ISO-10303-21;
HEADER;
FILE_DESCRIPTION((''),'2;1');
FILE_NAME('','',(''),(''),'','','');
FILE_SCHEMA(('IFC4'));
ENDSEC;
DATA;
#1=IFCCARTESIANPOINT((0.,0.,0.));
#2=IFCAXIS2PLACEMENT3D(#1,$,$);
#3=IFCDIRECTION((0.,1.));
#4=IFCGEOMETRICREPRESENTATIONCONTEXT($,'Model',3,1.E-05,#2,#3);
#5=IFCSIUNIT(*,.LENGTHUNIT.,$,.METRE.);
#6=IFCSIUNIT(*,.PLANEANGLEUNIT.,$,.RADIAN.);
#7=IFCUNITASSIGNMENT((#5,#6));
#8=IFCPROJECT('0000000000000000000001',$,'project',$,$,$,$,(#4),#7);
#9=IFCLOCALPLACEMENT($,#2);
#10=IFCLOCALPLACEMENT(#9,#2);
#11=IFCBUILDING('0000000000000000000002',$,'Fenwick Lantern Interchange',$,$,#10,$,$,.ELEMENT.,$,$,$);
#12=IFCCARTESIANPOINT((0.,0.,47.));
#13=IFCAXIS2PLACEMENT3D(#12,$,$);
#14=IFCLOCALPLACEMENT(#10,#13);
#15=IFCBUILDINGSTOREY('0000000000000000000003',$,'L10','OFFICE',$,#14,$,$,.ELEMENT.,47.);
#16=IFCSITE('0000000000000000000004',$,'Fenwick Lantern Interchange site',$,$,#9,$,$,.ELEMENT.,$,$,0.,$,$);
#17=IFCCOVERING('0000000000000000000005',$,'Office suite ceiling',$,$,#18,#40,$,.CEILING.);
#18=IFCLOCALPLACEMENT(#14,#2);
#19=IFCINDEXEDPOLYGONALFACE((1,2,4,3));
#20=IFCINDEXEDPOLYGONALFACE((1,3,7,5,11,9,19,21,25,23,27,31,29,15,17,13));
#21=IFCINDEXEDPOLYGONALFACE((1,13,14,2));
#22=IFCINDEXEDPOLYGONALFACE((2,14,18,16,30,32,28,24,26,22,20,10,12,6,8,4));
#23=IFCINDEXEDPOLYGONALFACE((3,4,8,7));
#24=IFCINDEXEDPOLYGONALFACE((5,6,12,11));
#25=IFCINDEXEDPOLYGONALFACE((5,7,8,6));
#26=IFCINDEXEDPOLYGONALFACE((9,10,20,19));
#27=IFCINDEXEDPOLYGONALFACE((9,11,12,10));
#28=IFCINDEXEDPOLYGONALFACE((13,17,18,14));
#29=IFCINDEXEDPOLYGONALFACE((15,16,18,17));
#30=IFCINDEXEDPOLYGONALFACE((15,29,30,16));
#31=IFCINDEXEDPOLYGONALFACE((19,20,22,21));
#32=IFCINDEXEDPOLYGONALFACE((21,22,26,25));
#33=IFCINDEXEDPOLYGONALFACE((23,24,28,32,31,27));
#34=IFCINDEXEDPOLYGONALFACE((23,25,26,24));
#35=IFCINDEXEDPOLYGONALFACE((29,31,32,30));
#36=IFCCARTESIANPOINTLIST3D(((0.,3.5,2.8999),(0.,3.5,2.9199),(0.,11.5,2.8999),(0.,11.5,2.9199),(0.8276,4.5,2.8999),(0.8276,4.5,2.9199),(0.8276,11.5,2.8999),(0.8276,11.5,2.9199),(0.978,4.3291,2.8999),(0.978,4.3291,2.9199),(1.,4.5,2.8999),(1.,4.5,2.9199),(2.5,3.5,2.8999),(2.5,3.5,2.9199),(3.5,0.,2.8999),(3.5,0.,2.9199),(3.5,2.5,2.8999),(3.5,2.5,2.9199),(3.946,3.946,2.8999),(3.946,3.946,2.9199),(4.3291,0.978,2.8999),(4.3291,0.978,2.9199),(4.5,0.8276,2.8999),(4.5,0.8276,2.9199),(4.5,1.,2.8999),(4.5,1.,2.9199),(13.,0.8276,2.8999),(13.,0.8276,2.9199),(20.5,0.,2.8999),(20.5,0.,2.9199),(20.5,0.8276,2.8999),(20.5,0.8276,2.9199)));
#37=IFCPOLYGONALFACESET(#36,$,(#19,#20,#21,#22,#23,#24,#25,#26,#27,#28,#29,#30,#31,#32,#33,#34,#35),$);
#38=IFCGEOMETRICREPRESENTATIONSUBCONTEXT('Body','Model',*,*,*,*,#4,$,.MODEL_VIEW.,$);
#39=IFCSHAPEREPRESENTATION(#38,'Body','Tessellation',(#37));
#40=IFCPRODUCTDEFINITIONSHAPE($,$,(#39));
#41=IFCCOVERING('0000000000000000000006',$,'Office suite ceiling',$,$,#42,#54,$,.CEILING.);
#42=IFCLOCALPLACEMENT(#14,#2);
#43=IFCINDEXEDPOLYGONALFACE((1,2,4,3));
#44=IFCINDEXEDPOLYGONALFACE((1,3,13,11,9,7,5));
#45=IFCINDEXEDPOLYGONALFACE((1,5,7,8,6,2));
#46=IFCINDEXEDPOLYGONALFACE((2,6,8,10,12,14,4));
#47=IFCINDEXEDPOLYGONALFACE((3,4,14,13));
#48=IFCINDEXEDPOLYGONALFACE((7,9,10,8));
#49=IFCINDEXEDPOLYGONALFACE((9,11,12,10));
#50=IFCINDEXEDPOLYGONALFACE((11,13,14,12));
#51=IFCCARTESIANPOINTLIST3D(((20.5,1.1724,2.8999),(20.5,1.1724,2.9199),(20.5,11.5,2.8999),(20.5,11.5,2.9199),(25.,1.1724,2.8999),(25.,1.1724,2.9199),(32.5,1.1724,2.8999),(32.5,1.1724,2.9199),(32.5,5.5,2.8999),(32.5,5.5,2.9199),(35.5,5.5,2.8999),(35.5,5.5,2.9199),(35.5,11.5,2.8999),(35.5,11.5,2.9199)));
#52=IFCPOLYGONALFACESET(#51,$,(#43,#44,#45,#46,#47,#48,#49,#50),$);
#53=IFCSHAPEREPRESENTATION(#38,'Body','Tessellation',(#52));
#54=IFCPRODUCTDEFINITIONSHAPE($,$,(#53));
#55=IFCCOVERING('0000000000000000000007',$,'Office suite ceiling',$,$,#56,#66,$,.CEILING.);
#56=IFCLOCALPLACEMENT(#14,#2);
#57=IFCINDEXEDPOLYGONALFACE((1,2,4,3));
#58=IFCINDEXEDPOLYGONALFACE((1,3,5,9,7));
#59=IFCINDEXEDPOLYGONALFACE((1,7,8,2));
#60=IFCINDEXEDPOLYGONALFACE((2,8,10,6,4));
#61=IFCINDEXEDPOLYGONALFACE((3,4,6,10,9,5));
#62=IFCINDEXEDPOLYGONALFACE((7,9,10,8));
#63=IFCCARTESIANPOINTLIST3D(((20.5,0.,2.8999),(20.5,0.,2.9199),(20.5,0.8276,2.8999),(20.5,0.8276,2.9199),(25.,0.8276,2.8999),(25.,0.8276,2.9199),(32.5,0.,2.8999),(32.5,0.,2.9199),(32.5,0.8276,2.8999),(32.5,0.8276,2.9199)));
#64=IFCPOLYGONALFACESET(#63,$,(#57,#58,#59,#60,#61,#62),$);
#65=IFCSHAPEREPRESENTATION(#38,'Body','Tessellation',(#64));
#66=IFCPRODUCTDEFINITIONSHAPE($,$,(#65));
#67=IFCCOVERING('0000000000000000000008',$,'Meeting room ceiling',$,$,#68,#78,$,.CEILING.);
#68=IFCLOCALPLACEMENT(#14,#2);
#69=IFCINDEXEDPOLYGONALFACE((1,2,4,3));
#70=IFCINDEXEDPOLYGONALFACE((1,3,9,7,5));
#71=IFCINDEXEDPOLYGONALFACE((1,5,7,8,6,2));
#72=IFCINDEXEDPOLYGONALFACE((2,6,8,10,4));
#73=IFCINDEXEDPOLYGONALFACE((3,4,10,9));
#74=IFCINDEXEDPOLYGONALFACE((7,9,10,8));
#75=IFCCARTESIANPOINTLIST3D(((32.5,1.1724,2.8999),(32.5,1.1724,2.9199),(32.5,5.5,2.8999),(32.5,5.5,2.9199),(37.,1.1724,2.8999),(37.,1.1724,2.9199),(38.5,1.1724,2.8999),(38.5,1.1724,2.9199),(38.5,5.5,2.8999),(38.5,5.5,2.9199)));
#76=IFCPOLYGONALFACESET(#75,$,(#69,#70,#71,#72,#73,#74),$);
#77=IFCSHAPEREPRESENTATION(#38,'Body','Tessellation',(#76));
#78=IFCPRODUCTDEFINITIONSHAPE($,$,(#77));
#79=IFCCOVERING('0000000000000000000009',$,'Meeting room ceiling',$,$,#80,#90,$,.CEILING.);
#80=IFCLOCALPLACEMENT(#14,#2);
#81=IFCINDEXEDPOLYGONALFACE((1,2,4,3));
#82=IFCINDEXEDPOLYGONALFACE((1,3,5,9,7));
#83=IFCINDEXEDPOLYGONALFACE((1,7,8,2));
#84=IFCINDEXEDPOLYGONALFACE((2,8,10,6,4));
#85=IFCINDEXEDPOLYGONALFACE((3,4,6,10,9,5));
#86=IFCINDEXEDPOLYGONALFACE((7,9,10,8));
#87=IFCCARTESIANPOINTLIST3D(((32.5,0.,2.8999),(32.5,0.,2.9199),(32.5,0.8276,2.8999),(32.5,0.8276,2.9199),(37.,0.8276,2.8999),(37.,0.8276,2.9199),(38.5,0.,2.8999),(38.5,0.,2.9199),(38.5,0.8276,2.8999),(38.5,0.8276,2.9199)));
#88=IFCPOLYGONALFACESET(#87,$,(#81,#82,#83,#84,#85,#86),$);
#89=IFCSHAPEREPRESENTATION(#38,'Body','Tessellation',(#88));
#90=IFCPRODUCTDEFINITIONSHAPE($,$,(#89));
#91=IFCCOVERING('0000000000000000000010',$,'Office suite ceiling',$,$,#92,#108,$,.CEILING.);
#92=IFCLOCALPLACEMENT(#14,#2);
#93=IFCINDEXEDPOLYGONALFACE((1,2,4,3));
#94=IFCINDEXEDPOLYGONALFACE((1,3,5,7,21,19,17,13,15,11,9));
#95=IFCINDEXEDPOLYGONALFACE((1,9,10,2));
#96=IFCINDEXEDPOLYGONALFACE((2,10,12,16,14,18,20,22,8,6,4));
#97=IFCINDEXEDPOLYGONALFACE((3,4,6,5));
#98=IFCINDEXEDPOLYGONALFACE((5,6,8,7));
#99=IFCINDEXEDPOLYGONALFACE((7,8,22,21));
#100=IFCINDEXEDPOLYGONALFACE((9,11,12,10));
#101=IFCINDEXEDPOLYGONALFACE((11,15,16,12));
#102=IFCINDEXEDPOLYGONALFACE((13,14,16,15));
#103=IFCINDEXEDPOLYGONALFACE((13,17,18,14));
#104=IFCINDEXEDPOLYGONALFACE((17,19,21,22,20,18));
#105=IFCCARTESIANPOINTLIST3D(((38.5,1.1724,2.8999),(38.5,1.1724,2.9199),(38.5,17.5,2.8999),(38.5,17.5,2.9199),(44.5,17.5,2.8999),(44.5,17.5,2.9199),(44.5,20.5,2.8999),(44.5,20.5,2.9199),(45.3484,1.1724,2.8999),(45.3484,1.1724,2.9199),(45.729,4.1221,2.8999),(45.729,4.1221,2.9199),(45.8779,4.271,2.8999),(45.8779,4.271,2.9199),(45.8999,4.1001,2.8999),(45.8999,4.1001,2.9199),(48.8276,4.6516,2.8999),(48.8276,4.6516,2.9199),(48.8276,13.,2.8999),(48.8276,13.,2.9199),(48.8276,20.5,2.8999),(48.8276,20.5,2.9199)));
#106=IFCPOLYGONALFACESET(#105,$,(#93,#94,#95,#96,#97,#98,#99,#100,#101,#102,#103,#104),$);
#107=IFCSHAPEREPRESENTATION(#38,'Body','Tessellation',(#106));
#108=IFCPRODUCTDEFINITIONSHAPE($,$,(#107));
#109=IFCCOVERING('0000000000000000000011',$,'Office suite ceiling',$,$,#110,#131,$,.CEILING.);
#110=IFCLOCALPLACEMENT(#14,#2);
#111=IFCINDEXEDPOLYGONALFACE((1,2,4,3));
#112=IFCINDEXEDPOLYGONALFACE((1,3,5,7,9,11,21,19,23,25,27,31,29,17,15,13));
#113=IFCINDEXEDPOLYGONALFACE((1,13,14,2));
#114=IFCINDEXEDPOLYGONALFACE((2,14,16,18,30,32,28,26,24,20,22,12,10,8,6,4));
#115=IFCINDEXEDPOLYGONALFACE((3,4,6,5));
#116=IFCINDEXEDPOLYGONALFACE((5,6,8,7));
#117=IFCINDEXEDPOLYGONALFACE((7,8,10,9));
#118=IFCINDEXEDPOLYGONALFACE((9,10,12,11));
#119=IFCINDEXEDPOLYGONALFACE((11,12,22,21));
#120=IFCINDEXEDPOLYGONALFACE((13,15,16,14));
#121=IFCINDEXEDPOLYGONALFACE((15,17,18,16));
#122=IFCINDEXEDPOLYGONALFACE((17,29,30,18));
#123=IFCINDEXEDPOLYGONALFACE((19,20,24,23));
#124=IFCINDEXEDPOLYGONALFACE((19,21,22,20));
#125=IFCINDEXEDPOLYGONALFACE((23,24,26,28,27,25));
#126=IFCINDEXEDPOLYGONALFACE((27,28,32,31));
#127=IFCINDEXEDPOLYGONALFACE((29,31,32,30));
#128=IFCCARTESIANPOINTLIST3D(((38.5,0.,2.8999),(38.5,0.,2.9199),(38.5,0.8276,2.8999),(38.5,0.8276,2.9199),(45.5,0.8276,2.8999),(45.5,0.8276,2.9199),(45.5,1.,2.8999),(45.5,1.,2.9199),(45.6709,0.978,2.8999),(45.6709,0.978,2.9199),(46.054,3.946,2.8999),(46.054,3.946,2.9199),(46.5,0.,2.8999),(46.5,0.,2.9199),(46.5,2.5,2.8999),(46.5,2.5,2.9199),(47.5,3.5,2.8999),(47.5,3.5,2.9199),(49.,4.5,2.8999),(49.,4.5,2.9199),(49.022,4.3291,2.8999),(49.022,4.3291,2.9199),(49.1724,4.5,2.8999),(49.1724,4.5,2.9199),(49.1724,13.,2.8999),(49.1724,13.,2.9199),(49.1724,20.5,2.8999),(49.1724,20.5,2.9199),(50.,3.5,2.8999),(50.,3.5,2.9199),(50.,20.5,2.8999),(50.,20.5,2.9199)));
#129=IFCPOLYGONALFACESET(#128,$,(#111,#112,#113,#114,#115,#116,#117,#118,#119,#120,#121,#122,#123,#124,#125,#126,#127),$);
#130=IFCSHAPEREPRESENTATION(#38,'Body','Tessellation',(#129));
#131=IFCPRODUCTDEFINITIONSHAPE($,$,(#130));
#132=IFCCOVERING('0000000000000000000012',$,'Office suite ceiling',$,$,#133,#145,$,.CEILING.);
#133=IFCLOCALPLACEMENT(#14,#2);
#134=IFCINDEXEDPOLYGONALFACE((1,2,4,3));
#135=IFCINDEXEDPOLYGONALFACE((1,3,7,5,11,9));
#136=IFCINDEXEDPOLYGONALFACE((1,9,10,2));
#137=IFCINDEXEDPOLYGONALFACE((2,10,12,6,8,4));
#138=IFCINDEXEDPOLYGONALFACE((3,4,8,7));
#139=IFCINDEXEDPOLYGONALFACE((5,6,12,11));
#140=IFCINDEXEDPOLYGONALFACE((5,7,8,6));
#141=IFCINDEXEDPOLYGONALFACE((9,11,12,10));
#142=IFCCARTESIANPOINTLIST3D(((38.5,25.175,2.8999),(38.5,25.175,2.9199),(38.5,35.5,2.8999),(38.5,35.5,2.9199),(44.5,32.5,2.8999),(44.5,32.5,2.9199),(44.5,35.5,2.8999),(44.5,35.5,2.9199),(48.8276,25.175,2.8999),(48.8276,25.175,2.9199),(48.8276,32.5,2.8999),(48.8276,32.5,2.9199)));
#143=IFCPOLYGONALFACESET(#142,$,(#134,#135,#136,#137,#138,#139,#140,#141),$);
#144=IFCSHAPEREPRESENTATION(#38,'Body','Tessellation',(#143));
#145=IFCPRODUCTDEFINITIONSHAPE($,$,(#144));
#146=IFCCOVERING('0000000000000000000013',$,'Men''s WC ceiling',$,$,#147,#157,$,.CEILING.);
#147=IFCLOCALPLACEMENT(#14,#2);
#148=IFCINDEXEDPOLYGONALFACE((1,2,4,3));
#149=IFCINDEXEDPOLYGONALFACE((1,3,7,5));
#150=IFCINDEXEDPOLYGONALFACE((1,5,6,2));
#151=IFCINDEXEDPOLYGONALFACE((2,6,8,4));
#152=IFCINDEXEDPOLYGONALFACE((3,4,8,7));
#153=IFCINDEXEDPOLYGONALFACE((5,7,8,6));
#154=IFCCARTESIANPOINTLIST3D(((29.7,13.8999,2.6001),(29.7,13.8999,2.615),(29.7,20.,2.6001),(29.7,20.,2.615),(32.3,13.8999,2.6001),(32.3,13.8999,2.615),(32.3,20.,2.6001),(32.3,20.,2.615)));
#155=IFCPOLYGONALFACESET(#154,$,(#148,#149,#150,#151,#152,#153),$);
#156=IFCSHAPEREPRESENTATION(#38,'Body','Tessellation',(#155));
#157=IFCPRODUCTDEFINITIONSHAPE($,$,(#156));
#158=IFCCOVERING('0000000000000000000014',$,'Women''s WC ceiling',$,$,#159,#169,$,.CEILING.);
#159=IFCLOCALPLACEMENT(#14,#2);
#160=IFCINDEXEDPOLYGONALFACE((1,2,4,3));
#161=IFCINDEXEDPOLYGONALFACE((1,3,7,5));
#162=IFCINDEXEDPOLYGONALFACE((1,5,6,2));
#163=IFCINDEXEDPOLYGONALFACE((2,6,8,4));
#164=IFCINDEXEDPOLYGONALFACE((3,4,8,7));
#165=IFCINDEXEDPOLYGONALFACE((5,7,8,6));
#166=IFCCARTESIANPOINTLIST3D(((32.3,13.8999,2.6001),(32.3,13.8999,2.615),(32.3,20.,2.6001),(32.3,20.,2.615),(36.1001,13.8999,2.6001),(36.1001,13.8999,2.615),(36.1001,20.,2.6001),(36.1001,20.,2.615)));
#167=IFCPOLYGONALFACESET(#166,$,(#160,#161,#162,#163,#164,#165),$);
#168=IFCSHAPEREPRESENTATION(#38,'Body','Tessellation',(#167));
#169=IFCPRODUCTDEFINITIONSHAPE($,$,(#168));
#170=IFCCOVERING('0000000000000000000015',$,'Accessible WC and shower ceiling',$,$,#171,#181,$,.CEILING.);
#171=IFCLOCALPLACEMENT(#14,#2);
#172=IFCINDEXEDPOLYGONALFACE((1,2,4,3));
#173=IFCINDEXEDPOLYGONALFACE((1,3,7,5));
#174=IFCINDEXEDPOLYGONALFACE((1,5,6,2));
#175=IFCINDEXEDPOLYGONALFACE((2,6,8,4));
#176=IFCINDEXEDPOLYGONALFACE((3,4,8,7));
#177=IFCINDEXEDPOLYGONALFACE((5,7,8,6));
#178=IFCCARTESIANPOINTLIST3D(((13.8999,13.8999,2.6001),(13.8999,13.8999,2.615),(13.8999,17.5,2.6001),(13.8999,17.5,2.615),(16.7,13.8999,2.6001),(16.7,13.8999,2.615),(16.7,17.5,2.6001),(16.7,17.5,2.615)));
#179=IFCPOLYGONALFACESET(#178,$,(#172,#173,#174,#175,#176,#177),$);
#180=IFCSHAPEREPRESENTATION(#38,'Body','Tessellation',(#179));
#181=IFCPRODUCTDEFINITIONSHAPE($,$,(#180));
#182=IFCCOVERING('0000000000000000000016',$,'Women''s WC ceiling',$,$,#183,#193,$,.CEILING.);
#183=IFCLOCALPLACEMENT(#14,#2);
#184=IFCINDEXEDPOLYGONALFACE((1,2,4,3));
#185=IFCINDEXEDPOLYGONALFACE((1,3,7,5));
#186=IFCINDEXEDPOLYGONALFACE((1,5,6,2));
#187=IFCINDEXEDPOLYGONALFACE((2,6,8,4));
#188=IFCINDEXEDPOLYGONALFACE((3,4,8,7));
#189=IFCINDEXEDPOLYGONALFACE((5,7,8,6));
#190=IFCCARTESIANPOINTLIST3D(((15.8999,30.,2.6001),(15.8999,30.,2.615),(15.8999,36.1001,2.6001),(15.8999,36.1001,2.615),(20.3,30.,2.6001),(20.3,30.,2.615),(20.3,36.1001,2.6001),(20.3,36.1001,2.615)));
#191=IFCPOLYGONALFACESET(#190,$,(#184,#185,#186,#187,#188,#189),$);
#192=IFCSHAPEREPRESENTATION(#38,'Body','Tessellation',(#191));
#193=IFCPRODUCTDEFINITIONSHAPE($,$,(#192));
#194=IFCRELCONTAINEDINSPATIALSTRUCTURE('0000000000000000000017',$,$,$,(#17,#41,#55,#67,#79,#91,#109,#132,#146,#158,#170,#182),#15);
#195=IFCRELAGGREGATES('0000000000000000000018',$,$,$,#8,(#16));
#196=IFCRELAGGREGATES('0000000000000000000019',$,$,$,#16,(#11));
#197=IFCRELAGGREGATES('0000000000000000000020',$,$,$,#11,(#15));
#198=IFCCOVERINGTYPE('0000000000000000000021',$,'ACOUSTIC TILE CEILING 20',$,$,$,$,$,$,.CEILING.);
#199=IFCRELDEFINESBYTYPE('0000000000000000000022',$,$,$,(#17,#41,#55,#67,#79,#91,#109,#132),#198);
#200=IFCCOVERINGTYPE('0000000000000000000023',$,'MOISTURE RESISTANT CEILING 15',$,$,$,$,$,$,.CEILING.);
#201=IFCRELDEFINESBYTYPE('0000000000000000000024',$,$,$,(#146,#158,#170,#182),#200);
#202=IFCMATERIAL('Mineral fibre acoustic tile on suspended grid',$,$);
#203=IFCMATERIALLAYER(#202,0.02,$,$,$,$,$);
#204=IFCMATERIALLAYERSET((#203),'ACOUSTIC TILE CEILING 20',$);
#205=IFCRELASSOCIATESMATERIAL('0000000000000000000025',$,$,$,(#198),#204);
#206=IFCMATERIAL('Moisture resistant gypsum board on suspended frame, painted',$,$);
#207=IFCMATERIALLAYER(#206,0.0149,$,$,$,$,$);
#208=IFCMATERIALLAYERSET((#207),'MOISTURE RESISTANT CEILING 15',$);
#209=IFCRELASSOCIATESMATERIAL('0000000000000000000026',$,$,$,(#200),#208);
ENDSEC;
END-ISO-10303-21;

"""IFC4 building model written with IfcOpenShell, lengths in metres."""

from ifc_helpers import new_model, si_unit, direction, frame, origin, place, context, subcontext, project, spatial, polyline, outline, extrude, material, layer, layer_set, type_object, element, save


model = new_model("IFC4")

# Units and contexts
model_context = context("Model", 3, precision=1e-05, world=origin(), true_north=direction((0.0, 1.0)))
body_context = subcontext(model_context, "Body", "Model", "MODEL_VIEW")
ifc_project = project(units=[si_unit("LENGTHUNIT", "METRE"), si_unit("PLANEANGLEUNIT", "RADIAN")], contexts=[model_context])

# Site, building, storey
site_placement = place(None, origin())
site = spatial("IfcSite", under=ifc_project, at=site_placement, Name="Fenwick Lantern Interchange site", CompositionType="ELEMENT", RefElevation=0.0)
building_placement = place(site_placement, origin())
building = spatial("IfcBuilding", under=site, at=building_placement, Name="Fenwick Lantern Interchange", CompositionType="ELEMENT")
storey_placement = place(building_placement, frame((0.0, 0.0, 47.0)))
storey = spatial("IfcBuildingStorey", under=building, at=storey_placement, Name="L10", Description="OFFICE", CompositionType="ELEMENT", Elevation=47.0)

# Coverings
ifc_material_1 = material(Name="Mineral fibre acoustic tile on suspended grid")
ifc_layer_1 = layer(ifc_material_1, 0.02)
ifc_layer_set_1 = layer_set([ifc_layer_1], Name="ACOUSTIC TILE CEILING 20")
covering_type_1 = type_object("IfcCoveringType", Name="ACOUSTIC TILE CEILING 20", PredefinedType="CEILING", material=ifc_layer_set_1)
covering_1_placement = place(storey_placement, frame((0.0, 0.0, 2.8999)))
element("IfcCovering", 1, at=covering_1_placement, inside=storey, type_object=covering_type_1, Name="Office suite ceiling", PredefinedType="CEILING", context=body_context, shape_type="SweptSolid", body=[
    extrude(outline(polyline([(20.5, 0.0), (20.5, 0.8276), (13.0, 0.8276), (4.5, 0.8276), (4.5, 1.0), (4.3291, 0.978), (3.946, 3.946), (0.978, 4.3291), (1.0, 4.5), (0.8276, 4.5), (0.8276, 11.5), (0.0, 11.5), (0.0, 3.5), (2.5, 3.5), (3.5, 2.5), (3.5, 0.0), (20.5, 0.0)])), origin(), (0.0, 0.0, 1.0), 0.02),
])
covering_2_placement = place(storey_placement, frame((0.0, 0.0, 2.8999)))
element("IfcCovering", 2, at=covering_2_placement, inside=storey, type_object=covering_type_1, Name="Office suite ceiling", PredefinedType="CEILING", context=body_context, shape_type="SweptSolid", body=[
    extrude(outline(polyline([(20.5, 11.5), (20.5, 1.1724), (25.0, 1.1724), (32.5, 1.1724), (32.5, 5.5), (35.5, 5.5), (35.5, 11.5), (20.5, 11.5)])), origin(), (0.0, 0.0, 1.0), 0.02),
])
covering_3_placement = place(storey_placement, frame((0.0, 0.0, 2.8999)))
element("IfcCovering", 3, at=covering_3_placement, inside=storey, type_object=covering_type_1, Name="Office suite ceiling", PredefinedType="CEILING", context=body_context, shape_type="SweptSolid", body=[
    extrude(outline(polyline([(20.5, 0.8276), (20.5, 0.0), (32.5, 0.0), (32.5, 0.8276), (25.0, 0.8276), (20.5, 0.8276)])), origin(), (0.0, 0.0, 1.0), 0.02),
])
covering_4_placement = place(storey_placement, frame((0.0, 0.0, 2.8999)))
element("IfcCovering", 4, at=covering_4_placement, inside=storey, type_object=covering_type_1, Name="Meeting room ceiling", PredefinedType="CEILING", context=body_context, shape_type="SweptSolid", body=[
    extrude(outline(polyline([(32.5, 5.5), (32.5, 1.1724), (37.0, 1.1724), (38.5, 1.1724), (38.5, 5.5), (32.5, 5.5)])), origin(), (0.0, 0.0, 1.0), 0.02),
])
covering_5_placement = place(storey_placement, frame((0.0, 0.0, 2.8999)))
element("IfcCovering", 5, at=covering_5_placement, inside=storey, type_object=covering_type_1, Name="Meeting room ceiling", PredefinedType="CEILING", context=body_context, shape_type="SweptSolid", body=[
    extrude(outline(polyline([(38.5, 0.0), (38.5, 0.8276), (37.0, 0.8276), (32.5, 0.8276), (32.5, 0.0), (38.5, 0.0)])), origin(), (0.0, 0.0, 1.0), 0.02),
])
covering_6_placement = place(storey_placement, frame((0.0, 0.0, 2.8999)))
element("IfcCovering", 6, at=covering_6_placement, inside=storey, type_object=covering_type_1, Name="Office suite ceiling", PredefinedType="CEILING", context=body_context, shape_type="SweptSolid", body=[
    extrude(outline(polyline([(48.8276, 20.5), (44.5, 20.5), (44.5, 17.5), (38.5, 17.5), (38.5, 1.1724), (45.3484, 1.1724), (45.729, 4.1221), (45.8999, 4.1001), (45.8779, 4.271), (48.8276, 4.6516), (48.8276, 13.0), (48.8276, 20.5)])), origin(), (0.0, 0.0, 1.0), 0.02),
])
covering_7_placement = place(storey_placement, frame((0.0, 0.0, 2.8999)))
element("IfcCovering", 7, at=covering_7_placement, inside=storey, type_object=covering_type_1, Name="Office suite ceiling", PredefinedType="CEILING", context=body_context, shape_type="SweptSolid", body=[
    extrude(outline(polyline([(50.0, 20.5), (49.1724, 20.5), (49.1724, 13.0), (49.1724, 4.5), (49.0, 4.5), (49.022, 4.3291), (46.054, 3.946), (45.6709, 0.978), (45.5, 1.0), (45.5, 0.8276), (38.5, 0.8276), (38.5, 0.0), (46.5, 0.0), (46.5, 2.5), (47.5, 3.5), (50.0, 3.5), (50.0, 20.5)])), origin(), (0.0, 0.0, 1.0), 0.02),
])
covering_8_placement = place(storey_placement, frame((0.0, 0.0, 2.8999)))
element("IfcCovering", 8, at=covering_8_placement, inside=storey, type_object=covering_type_1, Name="Office suite ceiling", PredefinedType="CEILING", context=body_context, shape_type="SweptSolid", body=[
    extrude(outline(polyline([(38.5, 35.5), (38.5, 25.175), (48.8276, 25.175), (48.8276, 32.5), (44.5, 32.5), (44.5, 35.5), (38.5, 35.5)])), origin(), (0.0, 0.0, 1.0), 0.02),
])
ifc_material_2 = material(Name="Moisture resistant gypsum board on suspended frame, painted")
ifc_layer_2 = layer(ifc_material_2, 0.0149)
ifc_layer_set_2 = layer_set([ifc_layer_2], Name="MOISTURE RESISTANT CEILING 15")
covering_type_2 = type_object("IfcCoveringType", Name="MOISTURE RESISTANT CEILING 15", PredefinedType="CEILING", material=ifc_layer_set_2)
covering_9_placement = place(storey_placement, frame((0.0, 0.0, 2.6001)))
element("IfcCovering", 9, at=covering_9_placement, inside=storey, type_object=covering_type_2, Name="Men's WC ceiling", PredefinedType="CEILING", context=body_context, shape_type="SweptSolid", body=[
    extrude(outline(polyline([(29.7, 13.8999), (32.3, 13.8999), (32.3, 20.0), (29.7, 20.0), (29.7, 13.8999)])), origin(), (0.0, 0.0, 1.0), 0.0149),
])
covering_10_placement = place(storey_placement, frame((0.0, 0.0, 2.6001)))
element("IfcCovering", 10, at=covering_10_placement, inside=storey, type_object=covering_type_2, Name="Women's WC ceiling", PredefinedType="CEILING", context=body_context, shape_type="SweptSolid", body=[
    extrude(outline(polyline([(32.3, 13.8999), (36.1001, 13.8999), (36.1001, 20.0), (32.3, 20.0), (32.3, 13.8999)])), origin(), (0.0, 0.0, 1.0), 0.0149),
])
covering_11_placement = place(storey_placement, frame((0.0, 0.0, 2.6001)))
element("IfcCovering", 11, at=covering_11_placement, inside=storey, type_object=covering_type_2, Name="Accessible WC and shower ceiling", PredefinedType="CEILING", context=body_context, shape_type="SweptSolid", body=[
    extrude(outline(polyline([(13.8999, 13.8999), (16.7, 13.8999), (16.7, 17.5), (13.8999, 17.5), (13.8999, 13.8999)])), origin(), (0.0, 0.0, 1.0), 0.0149),
])
covering_12_placement = place(storey_placement, frame((0.0, 0.0, 2.6001)))
element("IfcCovering", 12, at=covering_12_placement, inside=storey, type_object=covering_type_2, Name="Women's WC ceiling", PredefinedType="CEILING", context=body_context, shape_type="SweptSolid", body=[
    extrude(outline(polyline([(20.3, 36.1001), (15.8999, 36.1001), (15.8999, 30.0), (20.3, 30.0), (20.3, 36.1001)])), origin(), (0.0, 0.0, 1.0), 0.0149),
])

save(model, "model.ifc")
